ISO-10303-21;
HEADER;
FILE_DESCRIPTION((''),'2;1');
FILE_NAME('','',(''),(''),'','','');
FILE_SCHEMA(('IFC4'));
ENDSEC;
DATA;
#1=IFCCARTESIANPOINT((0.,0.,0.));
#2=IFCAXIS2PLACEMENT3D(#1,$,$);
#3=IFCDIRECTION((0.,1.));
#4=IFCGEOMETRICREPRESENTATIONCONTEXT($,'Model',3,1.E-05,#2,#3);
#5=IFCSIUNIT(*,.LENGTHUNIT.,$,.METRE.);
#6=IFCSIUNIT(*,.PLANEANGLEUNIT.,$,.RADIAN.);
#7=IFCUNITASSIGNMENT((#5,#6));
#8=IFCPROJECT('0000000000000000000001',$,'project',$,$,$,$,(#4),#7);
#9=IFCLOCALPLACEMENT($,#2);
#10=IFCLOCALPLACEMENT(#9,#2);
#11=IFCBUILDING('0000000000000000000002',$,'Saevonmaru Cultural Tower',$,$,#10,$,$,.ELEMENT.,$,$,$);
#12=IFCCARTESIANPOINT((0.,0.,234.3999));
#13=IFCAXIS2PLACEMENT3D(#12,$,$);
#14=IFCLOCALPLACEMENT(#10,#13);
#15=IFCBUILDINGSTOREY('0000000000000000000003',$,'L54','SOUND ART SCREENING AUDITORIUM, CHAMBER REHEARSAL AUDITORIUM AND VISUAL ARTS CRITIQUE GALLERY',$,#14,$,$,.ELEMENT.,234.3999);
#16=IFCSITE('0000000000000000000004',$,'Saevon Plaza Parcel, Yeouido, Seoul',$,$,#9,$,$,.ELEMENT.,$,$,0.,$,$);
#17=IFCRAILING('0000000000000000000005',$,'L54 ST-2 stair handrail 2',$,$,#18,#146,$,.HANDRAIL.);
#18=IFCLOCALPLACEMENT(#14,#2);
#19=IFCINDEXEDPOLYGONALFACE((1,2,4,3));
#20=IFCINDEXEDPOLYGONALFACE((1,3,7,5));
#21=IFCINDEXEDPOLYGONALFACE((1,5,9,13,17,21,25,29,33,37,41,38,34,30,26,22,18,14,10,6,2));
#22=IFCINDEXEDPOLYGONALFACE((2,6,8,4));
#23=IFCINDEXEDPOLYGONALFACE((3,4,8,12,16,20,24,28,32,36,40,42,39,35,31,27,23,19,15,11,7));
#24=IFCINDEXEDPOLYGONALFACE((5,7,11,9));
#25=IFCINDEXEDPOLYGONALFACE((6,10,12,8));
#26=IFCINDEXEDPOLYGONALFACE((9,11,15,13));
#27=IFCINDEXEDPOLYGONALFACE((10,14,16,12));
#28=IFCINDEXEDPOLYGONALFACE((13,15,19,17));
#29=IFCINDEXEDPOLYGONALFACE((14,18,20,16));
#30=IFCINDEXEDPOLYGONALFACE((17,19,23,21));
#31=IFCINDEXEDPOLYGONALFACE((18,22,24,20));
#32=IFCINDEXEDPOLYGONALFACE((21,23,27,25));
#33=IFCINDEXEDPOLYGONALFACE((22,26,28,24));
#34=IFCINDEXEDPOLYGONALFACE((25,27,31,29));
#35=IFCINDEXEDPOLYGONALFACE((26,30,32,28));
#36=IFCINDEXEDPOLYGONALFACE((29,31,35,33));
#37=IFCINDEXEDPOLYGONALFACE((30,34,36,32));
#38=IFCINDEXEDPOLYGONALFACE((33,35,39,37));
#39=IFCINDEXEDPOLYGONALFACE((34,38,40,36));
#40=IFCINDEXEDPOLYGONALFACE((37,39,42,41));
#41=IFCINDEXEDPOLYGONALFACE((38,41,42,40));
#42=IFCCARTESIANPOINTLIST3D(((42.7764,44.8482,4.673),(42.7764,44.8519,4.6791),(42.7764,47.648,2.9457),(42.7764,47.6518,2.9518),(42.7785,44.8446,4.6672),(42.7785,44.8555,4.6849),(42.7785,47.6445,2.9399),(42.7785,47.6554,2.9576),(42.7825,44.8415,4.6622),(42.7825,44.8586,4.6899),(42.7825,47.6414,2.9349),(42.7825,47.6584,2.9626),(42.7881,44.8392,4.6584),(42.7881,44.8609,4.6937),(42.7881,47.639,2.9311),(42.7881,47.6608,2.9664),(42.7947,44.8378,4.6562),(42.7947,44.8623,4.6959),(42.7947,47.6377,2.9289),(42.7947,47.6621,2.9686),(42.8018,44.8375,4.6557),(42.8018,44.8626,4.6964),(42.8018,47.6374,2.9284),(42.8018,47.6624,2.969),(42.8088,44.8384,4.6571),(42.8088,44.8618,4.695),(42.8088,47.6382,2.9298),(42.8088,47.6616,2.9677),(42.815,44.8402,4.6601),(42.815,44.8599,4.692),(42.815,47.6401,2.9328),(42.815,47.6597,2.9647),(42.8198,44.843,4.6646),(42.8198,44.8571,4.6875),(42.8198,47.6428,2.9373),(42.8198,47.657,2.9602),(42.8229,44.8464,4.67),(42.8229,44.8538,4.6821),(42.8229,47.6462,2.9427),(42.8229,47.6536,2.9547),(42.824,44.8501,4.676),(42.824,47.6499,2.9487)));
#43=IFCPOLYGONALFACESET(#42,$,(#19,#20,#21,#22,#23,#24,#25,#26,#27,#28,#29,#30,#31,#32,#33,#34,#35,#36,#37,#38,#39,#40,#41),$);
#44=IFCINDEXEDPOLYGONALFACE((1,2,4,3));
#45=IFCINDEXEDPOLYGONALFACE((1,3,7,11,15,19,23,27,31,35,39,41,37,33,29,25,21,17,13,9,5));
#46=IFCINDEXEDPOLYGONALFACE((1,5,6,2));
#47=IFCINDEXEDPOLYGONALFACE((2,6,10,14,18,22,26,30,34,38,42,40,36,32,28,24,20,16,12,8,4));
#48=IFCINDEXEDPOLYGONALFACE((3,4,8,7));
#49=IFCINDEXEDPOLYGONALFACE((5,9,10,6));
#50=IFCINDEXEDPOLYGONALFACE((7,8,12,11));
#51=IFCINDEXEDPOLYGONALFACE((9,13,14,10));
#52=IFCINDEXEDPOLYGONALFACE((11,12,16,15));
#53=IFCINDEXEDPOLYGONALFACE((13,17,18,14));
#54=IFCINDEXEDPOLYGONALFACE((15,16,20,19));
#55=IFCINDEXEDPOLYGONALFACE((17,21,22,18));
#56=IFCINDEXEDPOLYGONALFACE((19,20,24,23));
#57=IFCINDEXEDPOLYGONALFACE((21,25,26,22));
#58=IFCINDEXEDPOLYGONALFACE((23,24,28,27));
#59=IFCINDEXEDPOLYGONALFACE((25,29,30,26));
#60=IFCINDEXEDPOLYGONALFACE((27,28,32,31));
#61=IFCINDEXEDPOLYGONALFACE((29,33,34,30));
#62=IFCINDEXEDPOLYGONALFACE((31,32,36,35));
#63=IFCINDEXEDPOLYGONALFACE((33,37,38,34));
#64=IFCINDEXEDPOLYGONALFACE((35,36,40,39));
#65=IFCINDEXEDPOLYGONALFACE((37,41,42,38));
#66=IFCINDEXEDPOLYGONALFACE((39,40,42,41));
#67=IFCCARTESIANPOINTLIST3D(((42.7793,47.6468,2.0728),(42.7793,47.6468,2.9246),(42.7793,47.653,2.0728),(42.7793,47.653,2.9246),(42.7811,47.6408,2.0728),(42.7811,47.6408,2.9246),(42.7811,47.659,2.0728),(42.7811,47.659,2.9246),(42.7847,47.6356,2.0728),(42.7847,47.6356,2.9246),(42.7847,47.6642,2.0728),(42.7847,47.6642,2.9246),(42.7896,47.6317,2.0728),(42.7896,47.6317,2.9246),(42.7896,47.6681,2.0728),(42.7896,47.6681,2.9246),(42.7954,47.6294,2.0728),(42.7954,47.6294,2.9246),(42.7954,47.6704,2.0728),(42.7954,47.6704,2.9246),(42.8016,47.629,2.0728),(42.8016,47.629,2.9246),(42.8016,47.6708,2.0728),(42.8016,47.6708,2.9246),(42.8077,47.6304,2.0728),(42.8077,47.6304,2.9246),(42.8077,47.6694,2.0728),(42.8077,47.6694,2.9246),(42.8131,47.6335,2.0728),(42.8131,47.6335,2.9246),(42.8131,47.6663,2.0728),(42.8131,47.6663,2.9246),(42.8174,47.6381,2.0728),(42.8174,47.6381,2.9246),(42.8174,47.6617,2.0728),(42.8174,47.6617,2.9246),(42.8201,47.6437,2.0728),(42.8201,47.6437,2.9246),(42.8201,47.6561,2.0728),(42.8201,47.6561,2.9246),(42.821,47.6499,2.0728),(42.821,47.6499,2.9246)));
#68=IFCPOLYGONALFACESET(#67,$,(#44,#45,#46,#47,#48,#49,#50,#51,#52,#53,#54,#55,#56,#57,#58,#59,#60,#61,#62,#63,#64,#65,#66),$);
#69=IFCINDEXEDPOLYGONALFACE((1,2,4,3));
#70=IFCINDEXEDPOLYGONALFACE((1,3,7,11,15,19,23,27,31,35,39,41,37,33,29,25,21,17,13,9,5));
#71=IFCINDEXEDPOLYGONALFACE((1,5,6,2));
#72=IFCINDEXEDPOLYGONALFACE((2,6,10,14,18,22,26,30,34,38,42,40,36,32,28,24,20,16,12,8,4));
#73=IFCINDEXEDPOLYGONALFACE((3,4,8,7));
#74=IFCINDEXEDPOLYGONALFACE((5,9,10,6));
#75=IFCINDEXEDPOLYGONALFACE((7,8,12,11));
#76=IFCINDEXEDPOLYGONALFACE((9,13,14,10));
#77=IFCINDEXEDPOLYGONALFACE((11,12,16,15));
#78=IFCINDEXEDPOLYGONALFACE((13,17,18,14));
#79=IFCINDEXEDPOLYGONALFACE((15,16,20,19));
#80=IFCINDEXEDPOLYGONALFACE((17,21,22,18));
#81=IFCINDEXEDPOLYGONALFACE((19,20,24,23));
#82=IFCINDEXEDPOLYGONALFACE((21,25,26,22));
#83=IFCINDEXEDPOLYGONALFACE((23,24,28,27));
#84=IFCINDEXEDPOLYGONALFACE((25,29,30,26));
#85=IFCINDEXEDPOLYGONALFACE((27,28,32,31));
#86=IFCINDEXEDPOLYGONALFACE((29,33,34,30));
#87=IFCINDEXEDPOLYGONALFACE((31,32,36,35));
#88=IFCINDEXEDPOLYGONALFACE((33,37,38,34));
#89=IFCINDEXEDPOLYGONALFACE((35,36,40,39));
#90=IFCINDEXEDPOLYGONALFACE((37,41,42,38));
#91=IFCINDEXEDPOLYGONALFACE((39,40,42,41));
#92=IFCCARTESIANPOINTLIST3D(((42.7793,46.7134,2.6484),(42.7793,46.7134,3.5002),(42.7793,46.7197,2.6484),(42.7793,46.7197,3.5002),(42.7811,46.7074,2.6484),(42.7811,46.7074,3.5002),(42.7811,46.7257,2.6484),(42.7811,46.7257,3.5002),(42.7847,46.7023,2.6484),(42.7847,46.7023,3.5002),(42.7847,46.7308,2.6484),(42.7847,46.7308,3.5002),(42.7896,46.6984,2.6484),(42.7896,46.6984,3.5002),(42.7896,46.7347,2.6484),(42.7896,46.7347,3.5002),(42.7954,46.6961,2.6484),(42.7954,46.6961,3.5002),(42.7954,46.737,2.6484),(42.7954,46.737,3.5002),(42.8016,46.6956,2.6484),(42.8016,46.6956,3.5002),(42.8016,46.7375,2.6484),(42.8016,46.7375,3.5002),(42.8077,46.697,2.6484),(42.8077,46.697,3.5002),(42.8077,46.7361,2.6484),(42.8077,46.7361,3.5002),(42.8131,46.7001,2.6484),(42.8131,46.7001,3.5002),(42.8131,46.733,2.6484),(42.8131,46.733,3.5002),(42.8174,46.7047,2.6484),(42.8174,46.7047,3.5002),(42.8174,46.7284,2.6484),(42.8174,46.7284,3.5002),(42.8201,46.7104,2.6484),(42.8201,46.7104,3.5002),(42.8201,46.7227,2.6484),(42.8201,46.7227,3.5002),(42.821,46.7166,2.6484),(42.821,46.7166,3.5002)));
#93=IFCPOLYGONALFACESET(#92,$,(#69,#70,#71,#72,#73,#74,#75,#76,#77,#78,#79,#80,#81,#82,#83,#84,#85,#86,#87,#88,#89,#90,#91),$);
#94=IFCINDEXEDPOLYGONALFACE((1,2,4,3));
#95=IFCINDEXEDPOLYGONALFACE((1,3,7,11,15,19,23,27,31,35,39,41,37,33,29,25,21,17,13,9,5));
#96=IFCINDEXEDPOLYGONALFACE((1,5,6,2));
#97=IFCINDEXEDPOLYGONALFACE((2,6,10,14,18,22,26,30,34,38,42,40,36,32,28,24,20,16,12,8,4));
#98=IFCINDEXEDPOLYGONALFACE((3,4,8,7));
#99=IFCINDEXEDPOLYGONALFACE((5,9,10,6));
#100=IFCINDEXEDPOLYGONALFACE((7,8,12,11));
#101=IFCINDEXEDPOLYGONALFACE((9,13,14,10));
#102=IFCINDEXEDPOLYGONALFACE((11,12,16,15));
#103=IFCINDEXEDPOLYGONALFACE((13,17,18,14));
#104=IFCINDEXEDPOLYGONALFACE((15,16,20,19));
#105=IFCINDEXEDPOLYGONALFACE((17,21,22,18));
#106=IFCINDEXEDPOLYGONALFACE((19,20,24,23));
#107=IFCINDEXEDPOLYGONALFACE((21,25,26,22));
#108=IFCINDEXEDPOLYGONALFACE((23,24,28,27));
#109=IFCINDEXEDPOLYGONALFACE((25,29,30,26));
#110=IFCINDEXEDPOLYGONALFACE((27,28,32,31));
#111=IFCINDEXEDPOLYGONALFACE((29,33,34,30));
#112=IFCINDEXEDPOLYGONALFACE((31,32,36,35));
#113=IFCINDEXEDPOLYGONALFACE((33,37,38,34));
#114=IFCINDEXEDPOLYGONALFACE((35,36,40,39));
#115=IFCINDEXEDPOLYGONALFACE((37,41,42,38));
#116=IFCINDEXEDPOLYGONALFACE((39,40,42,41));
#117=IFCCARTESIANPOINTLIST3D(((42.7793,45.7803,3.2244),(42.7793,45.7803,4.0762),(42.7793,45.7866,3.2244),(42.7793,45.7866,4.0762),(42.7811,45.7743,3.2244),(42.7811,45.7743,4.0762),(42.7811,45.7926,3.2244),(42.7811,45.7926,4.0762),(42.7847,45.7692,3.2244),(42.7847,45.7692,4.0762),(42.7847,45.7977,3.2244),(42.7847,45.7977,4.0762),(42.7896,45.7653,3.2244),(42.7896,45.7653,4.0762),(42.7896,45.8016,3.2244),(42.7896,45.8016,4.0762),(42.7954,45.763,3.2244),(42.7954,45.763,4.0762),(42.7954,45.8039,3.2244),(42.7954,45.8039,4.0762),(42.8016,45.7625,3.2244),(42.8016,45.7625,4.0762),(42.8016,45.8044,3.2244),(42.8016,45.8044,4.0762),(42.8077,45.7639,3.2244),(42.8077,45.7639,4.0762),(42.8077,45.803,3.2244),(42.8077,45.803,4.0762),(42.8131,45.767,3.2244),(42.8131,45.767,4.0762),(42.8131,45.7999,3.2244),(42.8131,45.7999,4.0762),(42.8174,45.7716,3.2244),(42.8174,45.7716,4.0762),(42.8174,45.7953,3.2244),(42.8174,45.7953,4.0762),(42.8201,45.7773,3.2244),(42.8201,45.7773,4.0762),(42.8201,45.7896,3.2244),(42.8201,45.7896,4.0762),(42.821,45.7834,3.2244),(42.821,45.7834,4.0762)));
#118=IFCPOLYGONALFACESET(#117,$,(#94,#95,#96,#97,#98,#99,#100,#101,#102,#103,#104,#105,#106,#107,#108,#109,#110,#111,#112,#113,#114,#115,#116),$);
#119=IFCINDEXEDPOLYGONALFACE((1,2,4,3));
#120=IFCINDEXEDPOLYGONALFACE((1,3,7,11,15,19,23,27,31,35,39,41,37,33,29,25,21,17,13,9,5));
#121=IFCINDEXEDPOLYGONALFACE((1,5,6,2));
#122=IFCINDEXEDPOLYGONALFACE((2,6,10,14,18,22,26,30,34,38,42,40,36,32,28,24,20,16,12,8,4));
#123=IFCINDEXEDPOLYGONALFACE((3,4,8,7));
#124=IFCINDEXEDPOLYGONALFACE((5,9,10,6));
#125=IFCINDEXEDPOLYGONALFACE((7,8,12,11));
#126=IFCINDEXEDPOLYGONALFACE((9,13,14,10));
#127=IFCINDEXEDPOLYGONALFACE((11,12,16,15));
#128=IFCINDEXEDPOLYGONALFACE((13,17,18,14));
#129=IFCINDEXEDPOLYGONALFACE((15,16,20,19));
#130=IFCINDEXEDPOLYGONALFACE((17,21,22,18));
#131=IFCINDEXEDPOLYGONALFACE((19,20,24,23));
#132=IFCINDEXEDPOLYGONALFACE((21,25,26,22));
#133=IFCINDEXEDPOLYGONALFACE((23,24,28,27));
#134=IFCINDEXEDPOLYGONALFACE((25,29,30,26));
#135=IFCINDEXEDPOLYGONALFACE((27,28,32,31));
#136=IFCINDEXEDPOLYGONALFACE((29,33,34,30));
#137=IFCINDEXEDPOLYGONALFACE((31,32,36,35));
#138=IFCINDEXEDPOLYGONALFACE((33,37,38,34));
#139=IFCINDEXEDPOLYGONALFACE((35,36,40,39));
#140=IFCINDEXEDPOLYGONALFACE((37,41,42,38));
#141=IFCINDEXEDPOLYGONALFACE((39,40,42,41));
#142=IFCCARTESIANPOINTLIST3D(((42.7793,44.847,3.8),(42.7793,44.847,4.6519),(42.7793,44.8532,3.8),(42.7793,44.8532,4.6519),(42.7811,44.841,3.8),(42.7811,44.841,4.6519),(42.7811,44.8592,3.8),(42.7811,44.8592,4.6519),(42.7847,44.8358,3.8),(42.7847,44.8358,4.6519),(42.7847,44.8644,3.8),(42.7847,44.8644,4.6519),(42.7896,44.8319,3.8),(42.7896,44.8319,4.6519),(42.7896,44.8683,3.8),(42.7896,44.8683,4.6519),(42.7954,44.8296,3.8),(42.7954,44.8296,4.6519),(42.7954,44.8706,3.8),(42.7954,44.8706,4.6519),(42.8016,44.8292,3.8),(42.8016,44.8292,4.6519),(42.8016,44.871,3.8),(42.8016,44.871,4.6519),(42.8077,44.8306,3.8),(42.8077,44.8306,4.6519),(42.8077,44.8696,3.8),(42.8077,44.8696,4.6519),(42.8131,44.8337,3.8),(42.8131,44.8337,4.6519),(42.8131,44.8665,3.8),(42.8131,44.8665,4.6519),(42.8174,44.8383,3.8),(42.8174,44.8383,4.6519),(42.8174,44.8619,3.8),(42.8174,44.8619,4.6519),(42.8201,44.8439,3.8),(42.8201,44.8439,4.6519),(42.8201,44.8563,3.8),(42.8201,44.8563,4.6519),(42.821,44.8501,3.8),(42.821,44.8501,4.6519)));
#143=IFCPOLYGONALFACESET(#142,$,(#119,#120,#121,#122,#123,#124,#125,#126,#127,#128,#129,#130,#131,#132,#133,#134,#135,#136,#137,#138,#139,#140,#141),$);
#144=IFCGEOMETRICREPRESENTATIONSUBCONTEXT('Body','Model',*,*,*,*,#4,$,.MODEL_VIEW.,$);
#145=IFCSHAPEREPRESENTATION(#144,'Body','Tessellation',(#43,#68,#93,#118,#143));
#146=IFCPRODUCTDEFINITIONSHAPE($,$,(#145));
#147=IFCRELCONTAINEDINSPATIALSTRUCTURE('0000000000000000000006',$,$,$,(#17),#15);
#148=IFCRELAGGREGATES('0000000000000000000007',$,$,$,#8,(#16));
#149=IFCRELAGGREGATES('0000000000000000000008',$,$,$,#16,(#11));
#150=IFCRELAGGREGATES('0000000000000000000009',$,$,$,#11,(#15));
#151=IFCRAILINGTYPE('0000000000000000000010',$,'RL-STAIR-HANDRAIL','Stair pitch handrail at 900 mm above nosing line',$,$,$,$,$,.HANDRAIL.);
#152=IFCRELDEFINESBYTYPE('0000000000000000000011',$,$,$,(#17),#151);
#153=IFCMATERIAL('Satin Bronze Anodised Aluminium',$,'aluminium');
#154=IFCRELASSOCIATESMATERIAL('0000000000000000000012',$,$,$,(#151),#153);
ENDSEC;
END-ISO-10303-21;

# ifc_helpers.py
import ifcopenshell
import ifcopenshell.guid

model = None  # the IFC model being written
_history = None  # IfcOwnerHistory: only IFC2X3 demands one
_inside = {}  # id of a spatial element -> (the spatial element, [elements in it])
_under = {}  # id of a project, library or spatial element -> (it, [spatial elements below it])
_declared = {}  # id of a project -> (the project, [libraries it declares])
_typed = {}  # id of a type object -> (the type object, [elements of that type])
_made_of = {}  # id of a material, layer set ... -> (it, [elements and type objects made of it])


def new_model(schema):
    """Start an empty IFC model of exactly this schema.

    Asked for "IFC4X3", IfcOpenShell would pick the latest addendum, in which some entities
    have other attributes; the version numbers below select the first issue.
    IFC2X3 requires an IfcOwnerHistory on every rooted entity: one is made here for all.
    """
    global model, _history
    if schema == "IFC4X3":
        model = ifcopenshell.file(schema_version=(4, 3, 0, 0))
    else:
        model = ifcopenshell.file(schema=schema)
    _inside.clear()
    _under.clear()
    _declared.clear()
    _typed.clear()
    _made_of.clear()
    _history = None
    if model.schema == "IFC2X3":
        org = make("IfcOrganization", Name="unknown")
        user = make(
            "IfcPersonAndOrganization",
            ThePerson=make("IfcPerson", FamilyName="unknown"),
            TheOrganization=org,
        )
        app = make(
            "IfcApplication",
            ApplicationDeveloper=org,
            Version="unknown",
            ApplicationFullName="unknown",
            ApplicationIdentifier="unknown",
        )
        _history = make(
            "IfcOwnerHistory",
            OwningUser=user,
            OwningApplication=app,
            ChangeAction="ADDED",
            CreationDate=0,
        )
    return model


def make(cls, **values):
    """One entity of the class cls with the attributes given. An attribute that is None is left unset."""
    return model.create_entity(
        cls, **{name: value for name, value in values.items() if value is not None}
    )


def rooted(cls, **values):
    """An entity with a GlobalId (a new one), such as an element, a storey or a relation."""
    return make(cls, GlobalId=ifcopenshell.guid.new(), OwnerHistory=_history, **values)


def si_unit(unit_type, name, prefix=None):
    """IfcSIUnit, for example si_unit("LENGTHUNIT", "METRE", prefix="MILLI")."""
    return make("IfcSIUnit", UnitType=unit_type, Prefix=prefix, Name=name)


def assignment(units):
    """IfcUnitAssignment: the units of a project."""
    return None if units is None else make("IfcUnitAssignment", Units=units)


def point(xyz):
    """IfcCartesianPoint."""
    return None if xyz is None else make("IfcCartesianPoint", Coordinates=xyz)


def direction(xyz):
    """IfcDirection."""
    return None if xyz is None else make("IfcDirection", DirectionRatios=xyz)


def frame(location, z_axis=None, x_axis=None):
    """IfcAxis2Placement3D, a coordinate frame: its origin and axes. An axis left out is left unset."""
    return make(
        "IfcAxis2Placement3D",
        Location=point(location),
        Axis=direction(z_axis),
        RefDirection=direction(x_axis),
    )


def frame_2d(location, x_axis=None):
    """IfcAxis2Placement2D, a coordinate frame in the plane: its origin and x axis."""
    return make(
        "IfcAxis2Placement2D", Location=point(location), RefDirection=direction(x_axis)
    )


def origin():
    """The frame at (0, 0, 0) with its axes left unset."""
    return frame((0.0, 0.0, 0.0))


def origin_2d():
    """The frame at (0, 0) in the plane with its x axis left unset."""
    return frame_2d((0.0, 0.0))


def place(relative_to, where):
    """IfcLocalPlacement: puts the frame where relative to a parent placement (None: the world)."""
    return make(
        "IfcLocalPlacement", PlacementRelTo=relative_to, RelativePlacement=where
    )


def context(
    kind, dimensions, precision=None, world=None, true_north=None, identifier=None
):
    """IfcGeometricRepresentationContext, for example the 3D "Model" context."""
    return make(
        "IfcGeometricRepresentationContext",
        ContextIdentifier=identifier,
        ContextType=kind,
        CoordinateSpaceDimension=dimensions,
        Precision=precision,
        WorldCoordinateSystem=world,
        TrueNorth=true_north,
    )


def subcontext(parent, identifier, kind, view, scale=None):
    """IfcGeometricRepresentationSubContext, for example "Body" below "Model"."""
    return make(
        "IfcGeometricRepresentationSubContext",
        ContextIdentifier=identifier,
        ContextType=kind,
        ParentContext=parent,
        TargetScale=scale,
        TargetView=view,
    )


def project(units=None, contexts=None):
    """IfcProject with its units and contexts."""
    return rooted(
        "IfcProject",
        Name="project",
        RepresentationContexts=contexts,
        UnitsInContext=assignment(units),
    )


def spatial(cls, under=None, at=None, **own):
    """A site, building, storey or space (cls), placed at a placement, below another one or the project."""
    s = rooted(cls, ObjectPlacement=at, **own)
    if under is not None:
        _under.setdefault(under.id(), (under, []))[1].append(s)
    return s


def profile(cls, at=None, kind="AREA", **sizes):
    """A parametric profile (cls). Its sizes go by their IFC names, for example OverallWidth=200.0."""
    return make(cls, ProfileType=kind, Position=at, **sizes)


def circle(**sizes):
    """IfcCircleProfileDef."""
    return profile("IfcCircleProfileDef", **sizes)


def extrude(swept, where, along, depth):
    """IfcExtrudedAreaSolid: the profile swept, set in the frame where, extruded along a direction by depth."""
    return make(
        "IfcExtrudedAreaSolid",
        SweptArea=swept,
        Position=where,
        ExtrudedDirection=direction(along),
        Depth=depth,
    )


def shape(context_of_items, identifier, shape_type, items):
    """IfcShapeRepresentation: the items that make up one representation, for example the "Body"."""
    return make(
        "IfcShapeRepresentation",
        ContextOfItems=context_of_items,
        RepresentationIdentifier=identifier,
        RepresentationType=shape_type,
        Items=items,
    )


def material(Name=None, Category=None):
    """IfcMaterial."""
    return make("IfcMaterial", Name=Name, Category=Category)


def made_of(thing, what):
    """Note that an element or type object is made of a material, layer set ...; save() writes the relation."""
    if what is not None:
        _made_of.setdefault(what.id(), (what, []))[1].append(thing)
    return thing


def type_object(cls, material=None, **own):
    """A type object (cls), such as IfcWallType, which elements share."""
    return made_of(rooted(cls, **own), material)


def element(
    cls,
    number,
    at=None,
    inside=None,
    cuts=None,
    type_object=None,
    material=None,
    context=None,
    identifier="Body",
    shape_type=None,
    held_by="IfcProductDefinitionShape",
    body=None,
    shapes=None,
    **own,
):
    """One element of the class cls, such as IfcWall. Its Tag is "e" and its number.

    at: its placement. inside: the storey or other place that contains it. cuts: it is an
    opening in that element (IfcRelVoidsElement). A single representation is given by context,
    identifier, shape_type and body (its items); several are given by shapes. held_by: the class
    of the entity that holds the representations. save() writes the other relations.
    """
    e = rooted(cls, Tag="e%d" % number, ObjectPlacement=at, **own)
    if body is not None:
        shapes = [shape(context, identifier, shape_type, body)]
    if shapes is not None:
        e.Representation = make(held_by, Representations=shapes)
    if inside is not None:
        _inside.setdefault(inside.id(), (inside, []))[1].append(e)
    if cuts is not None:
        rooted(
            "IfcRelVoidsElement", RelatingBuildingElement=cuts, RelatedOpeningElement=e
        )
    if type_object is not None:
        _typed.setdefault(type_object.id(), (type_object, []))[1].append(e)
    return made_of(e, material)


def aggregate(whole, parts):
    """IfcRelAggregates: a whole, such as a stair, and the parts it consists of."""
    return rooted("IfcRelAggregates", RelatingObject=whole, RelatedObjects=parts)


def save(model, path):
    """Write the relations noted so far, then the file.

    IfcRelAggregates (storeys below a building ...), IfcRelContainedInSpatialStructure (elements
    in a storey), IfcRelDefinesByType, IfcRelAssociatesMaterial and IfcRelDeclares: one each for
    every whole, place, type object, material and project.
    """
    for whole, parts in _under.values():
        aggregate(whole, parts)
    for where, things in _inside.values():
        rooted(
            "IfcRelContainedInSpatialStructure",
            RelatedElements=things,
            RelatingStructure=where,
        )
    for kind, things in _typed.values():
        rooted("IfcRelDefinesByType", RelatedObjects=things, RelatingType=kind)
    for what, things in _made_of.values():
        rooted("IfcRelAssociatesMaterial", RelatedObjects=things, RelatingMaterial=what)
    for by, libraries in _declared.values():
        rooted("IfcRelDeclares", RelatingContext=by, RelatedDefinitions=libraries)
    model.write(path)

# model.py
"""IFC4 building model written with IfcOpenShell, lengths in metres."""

from ifc_helpers import new_model, si_unit, direction, frame, origin, origin_2d, place, context, subcontext, project, spatial, circle, extrude, material, type_object, element, save


model = new_model("IFC4")

# Units and contexts
model_context = context("Model", 3, precision=1e-05, world=origin(), true_north=direction((0.0, 1.0)))
body_context = subcontext(model_context, "Body", "Model", "MODEL_VIEW")
ifc_project = project(units=[si_unit("LENGTHUNIT", "METRE"), si_unit("PLANEANGLEUNIT", "RADIAN")], contexts=[model_context])

# Site, building, storey
site_placement = place(None, origin())
site = spatial("IfcSite", under=ifc_project, at=site_placement, Name="Saevon Plaza Parcel, Yeouido, Seoul", CompositionType="ELEMENT", RefElevation=0.0)
building_placement = place(site_placement, origin())
building = spatial("IfcBuilding", under=site, at=building_placement, Name="Saevonmaru Cultural Tower", CompositionType="ELEMENT")
storey_placement = place(building_placement, frame((0.0, 0.0, 234.3999)))
storey = spatial("IfcBuildingStorey", under=building, at=storey_placement, Name="L54", Description="SOUND ART SCREENING AUDITORIUM, CHAMBER REHEARSAL AUDITORIUM AND VISUAL ARTS CRITIQUE GALLERY", CompositionType="ELEMENT", Elevation=234.3999)

# Shared definitions
ifc_material_1 = material(Name="Satin Bronze Anodised Aluminium", Category="aluminium")

# Railing
railing_type_1 = type_object("IfcRailingType", Name="RL-STAIR-HANDRAIL", Description="Stair pitch handrail at 900 mm above nosing line", PredefinedType="HANDRAIL", material=ifc_material_1)
railing_1_placement = place(storey_placement, frame((42.8, 47.6499, 2.0728)))
element("IfcRailing", 1, at=railing_1_placement, inside=storey, type_object=railing_type_1, Name="L54 ST-2 stair handrail 2", PredefinedType="HANDRAIL", context=body_context, shape_type="SweptSolid", body=[
    extrude(circle(Radius=0.0239, at=origin_2d()), frame((0.0, 0.0, 0.876), z_axis=(0.0, -0.851069, 0.525054), x_axis=(1.0, 0.0, 0.0)), (0.0, 0.0, 1.0), 3.2898),
    extrude(circle(Radius=0.021, at=origin_2d()), origin(), (0.0, 0.0, 1.0), 0.8518),
    extrude(circle(Radius=0.021, at=origin_2d()), frame((0.0, -0.9333, 0.5757)), (0.0, 0.0, 1.0), 0.8518),
    extrude(circle(Radius=0.021, at=origin_2d()), frame((0.0, -1.8665, 1.1516)), (0.0, 0.0, 1.0), 0.8518),
    extrude(circle(Radius=0.021, at=origin_2d()), frame((0.0, -2.7998, 1.7273)), (0.0, 0.0, 1.0), 0.8518),
])

save(model, "model.ifc")
